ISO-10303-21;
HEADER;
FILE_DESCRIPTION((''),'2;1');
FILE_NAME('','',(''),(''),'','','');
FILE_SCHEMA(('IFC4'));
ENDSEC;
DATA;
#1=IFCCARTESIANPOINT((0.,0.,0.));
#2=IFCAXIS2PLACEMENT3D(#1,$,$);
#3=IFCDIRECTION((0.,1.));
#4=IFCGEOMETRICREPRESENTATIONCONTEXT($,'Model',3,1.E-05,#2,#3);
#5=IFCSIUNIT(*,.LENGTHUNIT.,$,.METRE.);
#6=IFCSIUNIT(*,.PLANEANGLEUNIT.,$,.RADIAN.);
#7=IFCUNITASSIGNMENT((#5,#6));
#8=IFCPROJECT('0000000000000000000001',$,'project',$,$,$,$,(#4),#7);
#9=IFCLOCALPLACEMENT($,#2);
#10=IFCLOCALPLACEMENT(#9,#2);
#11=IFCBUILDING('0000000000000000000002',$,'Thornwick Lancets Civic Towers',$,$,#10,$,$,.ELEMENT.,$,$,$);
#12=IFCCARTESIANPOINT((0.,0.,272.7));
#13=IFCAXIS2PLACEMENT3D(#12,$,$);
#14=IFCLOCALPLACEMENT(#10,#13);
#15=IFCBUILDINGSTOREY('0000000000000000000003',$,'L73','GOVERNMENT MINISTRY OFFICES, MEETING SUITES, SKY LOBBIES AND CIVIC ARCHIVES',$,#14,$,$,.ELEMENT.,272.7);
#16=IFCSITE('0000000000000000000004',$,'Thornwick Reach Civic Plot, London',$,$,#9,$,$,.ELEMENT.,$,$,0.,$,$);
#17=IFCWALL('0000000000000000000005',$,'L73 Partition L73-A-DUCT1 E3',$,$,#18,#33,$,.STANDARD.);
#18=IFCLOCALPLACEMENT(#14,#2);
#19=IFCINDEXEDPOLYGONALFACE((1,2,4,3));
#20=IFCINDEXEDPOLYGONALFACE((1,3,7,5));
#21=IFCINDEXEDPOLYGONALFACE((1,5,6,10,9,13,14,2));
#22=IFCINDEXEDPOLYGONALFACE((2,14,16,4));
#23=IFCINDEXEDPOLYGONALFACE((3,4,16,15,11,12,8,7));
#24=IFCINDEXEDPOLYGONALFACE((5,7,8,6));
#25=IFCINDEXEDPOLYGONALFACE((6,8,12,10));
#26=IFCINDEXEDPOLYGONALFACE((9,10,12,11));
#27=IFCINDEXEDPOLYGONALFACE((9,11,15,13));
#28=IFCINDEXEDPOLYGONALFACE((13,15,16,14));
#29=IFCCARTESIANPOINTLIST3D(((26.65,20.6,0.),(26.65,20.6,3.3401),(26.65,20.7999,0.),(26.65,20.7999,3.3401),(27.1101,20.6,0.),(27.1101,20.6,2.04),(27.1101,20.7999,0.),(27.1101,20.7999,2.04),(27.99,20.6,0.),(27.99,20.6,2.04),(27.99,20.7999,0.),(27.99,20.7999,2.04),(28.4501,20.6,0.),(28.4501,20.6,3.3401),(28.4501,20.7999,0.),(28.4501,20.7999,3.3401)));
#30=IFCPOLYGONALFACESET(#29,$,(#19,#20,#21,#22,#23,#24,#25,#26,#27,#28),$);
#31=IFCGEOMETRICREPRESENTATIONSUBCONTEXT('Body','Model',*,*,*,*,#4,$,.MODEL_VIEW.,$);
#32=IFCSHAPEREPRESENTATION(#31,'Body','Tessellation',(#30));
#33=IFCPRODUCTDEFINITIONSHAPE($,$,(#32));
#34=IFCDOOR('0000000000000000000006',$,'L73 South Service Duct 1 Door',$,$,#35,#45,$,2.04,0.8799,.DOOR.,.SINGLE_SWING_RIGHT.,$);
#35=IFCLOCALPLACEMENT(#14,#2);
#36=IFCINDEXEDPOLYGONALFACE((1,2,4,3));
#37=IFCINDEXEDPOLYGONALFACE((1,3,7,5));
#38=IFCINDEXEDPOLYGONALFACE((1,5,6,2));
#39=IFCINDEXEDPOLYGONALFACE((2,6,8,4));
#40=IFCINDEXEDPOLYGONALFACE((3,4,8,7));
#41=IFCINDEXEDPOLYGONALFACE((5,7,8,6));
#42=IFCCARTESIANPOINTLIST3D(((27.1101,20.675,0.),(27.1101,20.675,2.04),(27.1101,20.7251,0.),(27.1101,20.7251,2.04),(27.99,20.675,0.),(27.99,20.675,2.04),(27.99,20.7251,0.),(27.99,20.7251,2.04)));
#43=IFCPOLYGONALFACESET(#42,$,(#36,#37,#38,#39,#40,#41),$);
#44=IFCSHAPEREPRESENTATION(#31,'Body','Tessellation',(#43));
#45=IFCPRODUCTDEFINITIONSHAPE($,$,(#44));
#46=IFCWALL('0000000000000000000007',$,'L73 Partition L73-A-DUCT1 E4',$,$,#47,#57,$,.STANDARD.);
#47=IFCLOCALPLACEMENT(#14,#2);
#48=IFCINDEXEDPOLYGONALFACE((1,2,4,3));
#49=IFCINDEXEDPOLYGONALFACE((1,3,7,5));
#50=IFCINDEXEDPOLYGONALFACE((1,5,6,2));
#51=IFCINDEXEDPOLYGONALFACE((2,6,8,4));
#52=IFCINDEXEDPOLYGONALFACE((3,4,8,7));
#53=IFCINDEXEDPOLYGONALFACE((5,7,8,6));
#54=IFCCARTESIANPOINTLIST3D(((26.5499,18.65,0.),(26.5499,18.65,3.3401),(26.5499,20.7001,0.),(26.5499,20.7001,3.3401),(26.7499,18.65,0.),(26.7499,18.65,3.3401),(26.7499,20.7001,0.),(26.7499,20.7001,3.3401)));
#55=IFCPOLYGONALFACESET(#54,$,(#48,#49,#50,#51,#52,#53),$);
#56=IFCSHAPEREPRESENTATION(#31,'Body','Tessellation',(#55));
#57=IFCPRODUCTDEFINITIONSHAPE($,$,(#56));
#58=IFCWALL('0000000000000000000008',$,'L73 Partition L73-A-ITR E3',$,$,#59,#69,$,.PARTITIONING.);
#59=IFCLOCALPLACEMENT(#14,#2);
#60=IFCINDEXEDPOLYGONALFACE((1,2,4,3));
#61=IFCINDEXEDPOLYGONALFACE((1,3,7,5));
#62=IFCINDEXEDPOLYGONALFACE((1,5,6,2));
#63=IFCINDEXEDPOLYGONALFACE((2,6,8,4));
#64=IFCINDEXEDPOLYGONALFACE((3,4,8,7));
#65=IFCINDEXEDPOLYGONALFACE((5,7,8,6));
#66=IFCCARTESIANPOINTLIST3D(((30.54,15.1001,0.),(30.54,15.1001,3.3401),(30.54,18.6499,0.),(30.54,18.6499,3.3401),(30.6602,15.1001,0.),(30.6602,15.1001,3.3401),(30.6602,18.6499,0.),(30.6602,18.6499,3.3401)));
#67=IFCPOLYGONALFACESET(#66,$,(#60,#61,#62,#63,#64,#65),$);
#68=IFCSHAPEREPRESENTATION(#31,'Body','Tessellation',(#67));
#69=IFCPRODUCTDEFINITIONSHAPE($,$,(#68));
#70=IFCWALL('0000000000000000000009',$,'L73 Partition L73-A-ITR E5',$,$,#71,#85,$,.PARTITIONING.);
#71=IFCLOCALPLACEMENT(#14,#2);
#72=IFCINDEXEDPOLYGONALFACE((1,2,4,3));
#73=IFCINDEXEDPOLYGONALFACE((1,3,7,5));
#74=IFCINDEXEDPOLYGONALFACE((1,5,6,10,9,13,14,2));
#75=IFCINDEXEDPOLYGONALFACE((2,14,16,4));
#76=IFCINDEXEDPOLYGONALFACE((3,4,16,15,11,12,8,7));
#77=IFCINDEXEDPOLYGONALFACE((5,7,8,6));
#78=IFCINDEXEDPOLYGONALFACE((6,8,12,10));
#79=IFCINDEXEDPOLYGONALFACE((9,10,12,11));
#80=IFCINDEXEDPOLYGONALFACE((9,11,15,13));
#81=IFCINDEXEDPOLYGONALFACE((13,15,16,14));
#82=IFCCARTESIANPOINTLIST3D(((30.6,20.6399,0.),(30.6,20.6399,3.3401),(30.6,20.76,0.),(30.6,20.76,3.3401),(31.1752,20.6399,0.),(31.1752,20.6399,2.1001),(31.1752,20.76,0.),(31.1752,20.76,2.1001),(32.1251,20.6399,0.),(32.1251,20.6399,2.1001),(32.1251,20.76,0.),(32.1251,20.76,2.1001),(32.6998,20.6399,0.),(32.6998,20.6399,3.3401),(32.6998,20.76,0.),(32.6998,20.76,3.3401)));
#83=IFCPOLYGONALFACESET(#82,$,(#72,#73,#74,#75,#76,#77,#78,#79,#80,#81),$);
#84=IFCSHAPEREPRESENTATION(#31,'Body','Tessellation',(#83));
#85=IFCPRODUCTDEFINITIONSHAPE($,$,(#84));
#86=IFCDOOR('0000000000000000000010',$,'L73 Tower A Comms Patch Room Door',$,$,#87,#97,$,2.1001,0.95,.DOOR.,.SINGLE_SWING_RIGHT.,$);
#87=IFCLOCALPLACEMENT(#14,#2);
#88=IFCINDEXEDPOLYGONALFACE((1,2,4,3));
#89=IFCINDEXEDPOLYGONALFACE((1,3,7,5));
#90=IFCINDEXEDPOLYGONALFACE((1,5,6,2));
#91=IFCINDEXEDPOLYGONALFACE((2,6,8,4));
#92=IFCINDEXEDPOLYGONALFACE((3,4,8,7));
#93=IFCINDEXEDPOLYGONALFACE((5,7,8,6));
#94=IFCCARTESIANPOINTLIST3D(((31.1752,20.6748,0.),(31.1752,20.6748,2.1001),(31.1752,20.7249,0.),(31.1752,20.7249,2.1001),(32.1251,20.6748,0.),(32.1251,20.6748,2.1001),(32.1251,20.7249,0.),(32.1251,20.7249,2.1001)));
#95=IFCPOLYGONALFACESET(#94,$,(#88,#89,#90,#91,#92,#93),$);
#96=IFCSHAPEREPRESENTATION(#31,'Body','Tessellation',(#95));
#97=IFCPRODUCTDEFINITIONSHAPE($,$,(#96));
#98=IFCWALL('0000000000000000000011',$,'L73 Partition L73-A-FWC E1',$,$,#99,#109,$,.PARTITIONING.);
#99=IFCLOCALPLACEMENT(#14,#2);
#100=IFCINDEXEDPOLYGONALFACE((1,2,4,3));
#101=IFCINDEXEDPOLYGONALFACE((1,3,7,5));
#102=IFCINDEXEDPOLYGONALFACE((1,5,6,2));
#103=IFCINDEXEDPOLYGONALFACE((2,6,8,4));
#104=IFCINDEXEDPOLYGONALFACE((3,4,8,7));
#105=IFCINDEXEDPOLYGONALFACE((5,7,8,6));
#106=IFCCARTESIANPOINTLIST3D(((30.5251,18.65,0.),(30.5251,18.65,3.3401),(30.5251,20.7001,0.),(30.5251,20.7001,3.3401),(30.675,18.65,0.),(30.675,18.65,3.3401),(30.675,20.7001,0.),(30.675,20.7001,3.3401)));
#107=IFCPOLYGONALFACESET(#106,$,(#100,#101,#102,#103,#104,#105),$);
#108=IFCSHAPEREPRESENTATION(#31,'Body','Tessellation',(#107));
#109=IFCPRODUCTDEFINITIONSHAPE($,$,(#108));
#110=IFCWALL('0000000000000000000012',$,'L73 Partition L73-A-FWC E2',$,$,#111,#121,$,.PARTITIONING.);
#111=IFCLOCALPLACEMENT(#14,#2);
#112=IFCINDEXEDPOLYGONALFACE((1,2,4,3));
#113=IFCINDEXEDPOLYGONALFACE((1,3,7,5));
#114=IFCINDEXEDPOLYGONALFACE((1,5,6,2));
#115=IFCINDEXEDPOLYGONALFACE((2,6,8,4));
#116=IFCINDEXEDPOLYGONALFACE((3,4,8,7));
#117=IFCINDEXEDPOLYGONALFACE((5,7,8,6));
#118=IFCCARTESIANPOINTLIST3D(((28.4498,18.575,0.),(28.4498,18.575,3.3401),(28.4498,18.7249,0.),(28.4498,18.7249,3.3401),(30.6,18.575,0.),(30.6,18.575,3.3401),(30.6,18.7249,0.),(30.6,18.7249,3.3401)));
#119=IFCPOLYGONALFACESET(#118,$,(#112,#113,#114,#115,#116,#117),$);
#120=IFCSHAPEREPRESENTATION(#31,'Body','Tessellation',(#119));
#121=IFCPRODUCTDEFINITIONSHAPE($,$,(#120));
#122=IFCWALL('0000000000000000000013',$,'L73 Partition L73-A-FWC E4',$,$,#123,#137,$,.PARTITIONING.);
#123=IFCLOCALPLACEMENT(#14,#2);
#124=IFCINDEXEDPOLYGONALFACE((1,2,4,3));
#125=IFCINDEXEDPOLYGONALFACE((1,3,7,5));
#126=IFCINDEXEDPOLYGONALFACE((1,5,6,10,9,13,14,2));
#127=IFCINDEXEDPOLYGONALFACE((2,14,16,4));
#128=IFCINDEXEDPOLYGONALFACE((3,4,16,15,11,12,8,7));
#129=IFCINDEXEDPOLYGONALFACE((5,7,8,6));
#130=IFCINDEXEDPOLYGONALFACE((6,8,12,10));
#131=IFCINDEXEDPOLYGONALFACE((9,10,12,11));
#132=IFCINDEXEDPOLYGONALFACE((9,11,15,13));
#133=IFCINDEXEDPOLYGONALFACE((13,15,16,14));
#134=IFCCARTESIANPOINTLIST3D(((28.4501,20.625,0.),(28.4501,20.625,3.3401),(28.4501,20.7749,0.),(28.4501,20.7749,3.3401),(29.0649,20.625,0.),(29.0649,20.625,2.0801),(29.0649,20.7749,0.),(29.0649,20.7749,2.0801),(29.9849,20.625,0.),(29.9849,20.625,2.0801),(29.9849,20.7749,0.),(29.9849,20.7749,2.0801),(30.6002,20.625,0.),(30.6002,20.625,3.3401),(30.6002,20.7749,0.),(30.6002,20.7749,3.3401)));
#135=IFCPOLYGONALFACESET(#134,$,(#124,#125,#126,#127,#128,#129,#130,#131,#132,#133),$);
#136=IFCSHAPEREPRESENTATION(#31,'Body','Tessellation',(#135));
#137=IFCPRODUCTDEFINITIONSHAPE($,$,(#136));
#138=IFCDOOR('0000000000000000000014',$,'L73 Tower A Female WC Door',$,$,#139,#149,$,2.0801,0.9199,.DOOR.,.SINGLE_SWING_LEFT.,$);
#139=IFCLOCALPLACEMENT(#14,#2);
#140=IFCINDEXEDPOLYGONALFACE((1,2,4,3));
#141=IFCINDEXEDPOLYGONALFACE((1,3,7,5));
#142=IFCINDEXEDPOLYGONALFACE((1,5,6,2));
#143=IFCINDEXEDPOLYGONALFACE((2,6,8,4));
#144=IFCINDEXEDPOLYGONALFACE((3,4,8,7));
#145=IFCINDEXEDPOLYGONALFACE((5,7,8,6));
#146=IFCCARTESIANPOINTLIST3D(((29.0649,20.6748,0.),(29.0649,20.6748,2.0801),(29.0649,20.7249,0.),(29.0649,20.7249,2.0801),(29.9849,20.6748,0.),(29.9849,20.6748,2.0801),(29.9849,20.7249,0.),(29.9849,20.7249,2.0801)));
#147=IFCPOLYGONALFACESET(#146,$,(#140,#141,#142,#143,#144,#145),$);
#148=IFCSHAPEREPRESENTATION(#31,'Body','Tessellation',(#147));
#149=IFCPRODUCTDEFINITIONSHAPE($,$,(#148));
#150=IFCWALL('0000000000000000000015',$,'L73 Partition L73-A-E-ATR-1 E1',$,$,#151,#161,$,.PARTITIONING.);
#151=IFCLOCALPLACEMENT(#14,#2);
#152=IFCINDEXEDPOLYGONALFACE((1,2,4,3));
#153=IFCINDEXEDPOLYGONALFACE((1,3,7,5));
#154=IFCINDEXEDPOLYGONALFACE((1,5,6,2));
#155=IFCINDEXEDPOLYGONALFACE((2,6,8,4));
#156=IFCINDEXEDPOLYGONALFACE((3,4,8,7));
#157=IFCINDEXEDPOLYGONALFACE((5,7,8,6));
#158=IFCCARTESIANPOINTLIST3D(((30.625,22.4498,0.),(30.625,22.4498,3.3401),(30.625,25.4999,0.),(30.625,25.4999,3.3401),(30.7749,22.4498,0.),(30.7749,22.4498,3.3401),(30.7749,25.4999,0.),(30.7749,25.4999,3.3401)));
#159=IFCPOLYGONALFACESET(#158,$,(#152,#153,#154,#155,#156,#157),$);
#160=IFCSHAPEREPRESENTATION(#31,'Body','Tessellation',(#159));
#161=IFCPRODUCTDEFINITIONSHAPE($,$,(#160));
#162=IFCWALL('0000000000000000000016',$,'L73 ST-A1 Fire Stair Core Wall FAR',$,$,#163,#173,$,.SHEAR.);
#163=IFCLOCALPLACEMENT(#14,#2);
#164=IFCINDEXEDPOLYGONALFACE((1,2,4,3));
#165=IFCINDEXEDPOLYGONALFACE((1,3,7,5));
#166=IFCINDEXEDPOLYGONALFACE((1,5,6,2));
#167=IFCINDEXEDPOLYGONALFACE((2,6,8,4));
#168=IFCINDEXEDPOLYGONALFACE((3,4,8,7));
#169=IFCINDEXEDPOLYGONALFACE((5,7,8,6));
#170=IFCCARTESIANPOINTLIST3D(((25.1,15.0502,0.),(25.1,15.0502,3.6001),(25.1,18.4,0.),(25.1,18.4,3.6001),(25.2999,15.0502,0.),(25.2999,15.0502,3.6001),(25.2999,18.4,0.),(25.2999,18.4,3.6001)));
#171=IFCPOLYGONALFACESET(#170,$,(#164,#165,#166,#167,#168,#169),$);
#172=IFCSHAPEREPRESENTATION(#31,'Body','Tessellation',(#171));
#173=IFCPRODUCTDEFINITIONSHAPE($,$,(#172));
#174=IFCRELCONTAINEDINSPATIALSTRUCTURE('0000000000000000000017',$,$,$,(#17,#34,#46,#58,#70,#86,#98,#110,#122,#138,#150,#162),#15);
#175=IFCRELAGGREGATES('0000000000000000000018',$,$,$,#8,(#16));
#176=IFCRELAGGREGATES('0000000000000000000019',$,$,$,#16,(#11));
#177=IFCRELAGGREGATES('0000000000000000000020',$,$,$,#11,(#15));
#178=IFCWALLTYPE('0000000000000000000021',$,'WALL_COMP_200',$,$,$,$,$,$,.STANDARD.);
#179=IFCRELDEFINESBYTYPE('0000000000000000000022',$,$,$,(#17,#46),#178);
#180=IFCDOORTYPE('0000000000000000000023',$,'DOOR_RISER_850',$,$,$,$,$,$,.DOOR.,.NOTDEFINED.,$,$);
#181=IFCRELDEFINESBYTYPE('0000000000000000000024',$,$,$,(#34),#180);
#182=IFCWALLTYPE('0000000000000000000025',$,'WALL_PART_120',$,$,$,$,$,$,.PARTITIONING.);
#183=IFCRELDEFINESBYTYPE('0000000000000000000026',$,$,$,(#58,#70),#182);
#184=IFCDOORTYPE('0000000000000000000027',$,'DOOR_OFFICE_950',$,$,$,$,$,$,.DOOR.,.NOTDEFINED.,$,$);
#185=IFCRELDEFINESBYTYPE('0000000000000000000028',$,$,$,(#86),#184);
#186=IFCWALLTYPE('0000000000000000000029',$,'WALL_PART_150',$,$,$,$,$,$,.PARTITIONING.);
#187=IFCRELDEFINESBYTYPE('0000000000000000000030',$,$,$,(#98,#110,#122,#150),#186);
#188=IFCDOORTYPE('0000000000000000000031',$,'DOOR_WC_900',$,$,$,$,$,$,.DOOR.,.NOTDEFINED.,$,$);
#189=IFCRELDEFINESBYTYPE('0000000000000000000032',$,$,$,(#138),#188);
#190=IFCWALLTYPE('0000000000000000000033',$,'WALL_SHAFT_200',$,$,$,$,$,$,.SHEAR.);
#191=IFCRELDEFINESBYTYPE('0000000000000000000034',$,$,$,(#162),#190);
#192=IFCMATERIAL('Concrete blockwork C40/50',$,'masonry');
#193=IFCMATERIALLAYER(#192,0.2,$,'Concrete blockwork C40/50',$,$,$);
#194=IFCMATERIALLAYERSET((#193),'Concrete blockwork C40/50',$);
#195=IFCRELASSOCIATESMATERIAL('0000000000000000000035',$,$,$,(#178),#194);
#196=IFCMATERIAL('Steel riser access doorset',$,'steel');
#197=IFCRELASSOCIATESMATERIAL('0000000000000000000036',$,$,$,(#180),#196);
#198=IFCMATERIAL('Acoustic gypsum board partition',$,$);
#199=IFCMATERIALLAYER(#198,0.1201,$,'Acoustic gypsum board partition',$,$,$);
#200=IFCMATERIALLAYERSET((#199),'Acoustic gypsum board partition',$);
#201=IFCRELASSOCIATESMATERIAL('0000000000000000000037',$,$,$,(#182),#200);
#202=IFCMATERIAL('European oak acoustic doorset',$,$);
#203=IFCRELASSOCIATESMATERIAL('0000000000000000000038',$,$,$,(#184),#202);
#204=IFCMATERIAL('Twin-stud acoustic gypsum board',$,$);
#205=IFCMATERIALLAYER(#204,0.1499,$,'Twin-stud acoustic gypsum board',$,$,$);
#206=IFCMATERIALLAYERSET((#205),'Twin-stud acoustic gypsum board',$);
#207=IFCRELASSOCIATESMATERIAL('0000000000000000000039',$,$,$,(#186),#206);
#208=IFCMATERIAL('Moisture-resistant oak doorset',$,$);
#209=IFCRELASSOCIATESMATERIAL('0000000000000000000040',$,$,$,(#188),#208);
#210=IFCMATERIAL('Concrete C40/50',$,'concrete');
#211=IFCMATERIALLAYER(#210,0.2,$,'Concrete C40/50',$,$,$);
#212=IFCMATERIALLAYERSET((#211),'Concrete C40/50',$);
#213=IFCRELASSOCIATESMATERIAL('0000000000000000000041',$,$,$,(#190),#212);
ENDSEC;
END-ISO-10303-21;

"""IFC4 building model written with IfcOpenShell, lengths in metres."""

from ifc_helpers import new_model, si_unit, direction, frame, frame_2d, origin, place, context, subcontext, project, spatial, rectangle, extrude, material, layer, layer_set, type_object, element, fill, save


model = new_model("IFC4")

# Units and contexts
model_context = context("Model", 3, precision=1e-05, world=origin(), true_north=direction((0.0, 1.0)))
body_context = subcontext(model_context, "Body", "Model", "MODEL_VIEW")
ifc_project = project(units=[si_unit("LENGTHUNIT", "METRE"), si_unit("PLANEANGLEUNIT", "RADIAN")], contexts=[model_context])

# Site, building, storey
site_placement = place(None, origin())
site = spatial("IfcSite", under=ifc_project, at=site_placement, Name="Thornwick Reach Civic Plot, London", CompositionType="ELEMENT", RefElevation=0.0)
building_placement = place(site_placement, origin())
building = spatial("IfcBuilding", under=site, at=building_placement, Name="Thornwick Lancets Civic Towers", CompositionType="ELEMENT")
storey_placement = place(building_placement, frame((0.0, 0.0, 272.7)))
storey = spatial("IfcBuildingStorey", under=building, at=storey_placement, Name="L73", Description="GOVERNMENT MINISTRY OFFICES, MEETING SUITES, SKY LOBBIES AND CIVIC ARCHIVES", CompositionType="ELEMENT", Elevation=272.7)

# Shared definitions
ifc_material_1 = material(Name="Concrete blockwork C40/50", Category="masonry")
ifc_layer_1 = layer(ifc_material_1, 0.2, Name="Concrete blockwork C40/50")
ifc_layer_set_1 = layer_set([ifc_layer_1], Name="Concrete blockwork C40/50")
wall_type_1 = type_object("IfcWallType", Name="WALL_COMP_200", PredefinedType="STANDARD", material=ifc_layer_set_1)

# Wall, opening, door
wall_1_placement = place(storey_placement, frame((28.45, 20.7, 0.0), z_axis=(0.0, 0.0, 1.0), x_axis=(-1.0, 0.0, 0.0)))
wall_1 = element("IfcWall", 1, at=wall_1_placement, inside=storey, type_object=wall_type_1, Name="L73 Partition L73-A-DUCT1 E3", PredefinedType="STANDARD", context=body_context, shape_type="SweptSolid", body=[
    extrude(rectangle(XDim=1.8, YDim=0.2, at=frame_2d((0.8999, 0.0))), origin(), (0.0, 0.0, 1.0), 3.3401),
])
opening_1_placement = place(wall_1_placement, frame((0.46, 0.0, 0.0)))
opening_1 = element("IfcOpeningElement", 2, at=opening_1_placement, cuts=wall_1, PredefinedType="OPENING", context=body_context, shape_type="SweptSolid", body=[
    extrude(rectangle(XDim=0.8799, YDim=2.04, at=frame_2d((0.4399, 1.02))), frame((0.0, 0.1099, 0.0), z_axis=(0.0, -1.0, 0.0), x_axis=(1.0, 0.0, 0.0)), (0.0, 0.0, 1.0), 0.22),
])
ifc_material_2 = material(Name="Steel riser access doorset", Category="steel")
door_type_1 = type_object("IfcDoorType", Name="DOOR_RISER_850", OperationType="NOTDEFINED", PredefinedType="DOOR", material=ifc_material_2)
door_1_placement = place(opening_1_placement, origin())
door_1 = element("IfcDoor", 3, at=door_1_placement, inside=storey, type_object=door_type_1, Name="L73 South Service Duct 1 Door", OperationType="SINGLE_SWING_RIGHT", OverallHeight=2.04, OverallWidth=0.8799, PredefinedType="DOOR", context=body_context, shape_type="SweptSolid", body=[
    extrude(rectangle(XDim=0.8799, YDim=2.04, at=frame_2d((0.4399, 1.02))), frame((0.0, 0.0249, 0.0), z_axis=(0.0, -1.0, 0.0), x_axis=(1.0, 0.0, 0.0)), (0.0, 0.0, 1.0), 0.05),
])
fill(opening_1, door_1)

# Walls
wall_2_placement = place(storey_placement, frame((26.6499, 20.7, 0.0), z_axis=(0.0, 0.0, 1.0), x_axis=(0.0, -1.0, 0.0)))
element("IfcWall", 4, at=wall_2_placement, inside=storey, type_object=wall_type_1, Name="L73 Partition L73-A-DUCT1 E4", PredefinedType="STANDARD", context=body_context, shape_type="SweptSolid", body=[
    extrude(rectangle(XDim=2.05, YDim=0.2, at=frame_2d((1.0249, 0.0))), origin(), (0.0, 0.0, 1.0), 3.3401),
])
ifc_material_3 = material(Name="Acoustic gypsum board partition")
ifc_layer_2 = layer(ifc_material_3, 0.1201, Name="Acoustic gypsum board partition")
ifc_layer_set_2 = layer_set([ifc_layer_2], Name="Acoustic gypsum board partition")
wall_type_2 = type_object("IfcWallType", Name="WALL_PART_120", PredefinedType="PARTITIONING", material=ifc_layer_set_2)
wall_3_placement = place(storey_placement, frame((30.6001, 15.1001, 0.0), z_axis=(0.0, 0.0, 1.0), x_axis=(0.0, 1.0, 0.0)))
element("IfcWall", 5, at=wall_3_placement, inside=storey, type_object=wall_type_2, Name="L73 Partition L73-A-ITR E3", PredefinedType="PARTITIONING", context=body_context, shape_type="SweptSolid", body=[
    extrude(rectangle(XDim=3.5498, YDim=0.1201, at=frame_2d((1.7749, 0.0))), origin(), (0.0, 0.0, 1.0), 3.3401),
])

# Wall, opening, door
wall_4_placement = place(storey_placement, frame((30.6001, 20.7, 0.0), z_axis=(0.0, 0.0, 1.0), x_axis=(1.0, 0.0, 0.0)))
wall_4 = element("IfcWall", 6, at=wall_4_placement, inside=storey, type_object=wall_type_2, Name="L73 Partition L73-A-ITR E5", PredefinedType="PARTITIONING", context=body_context, shape_type="SweptSolid", body=[
    extrude(rectangle(XDim=2.0999, YDim=0.1201, at=frame_2d((1.0498, 0.0))), origin(), (0.0, 0.0, 1.0), 3.3401),
])
opening_2_placement = place(wall_4_placement, frame((0.575, 0.0, 0.0)))
opening_2 = element("IfcOpeningElement", 7, at=opening_2_placement, cuts=wall_4, PredefinedType="OPENING", context=body_context, shape_type="SweptSolid", body=[
    extrude(rectangle(XDim=0.95, YDim=2.1001, at=frame_2d((0.4751, 1.05))), frame((0.0, 0.0701, 0.0), z_axis=(0.0, -1.0, 0.0), x_axis=(1.0, 0.0, 0.0)), (0.0, 0.0, 1.0), 0.1401),
])
ifc_material_4 = material(Name="European oak acoustic doorset")
door_type_2 = type_object("IfcDoorType", Name="DOOR_OFFICE_950", OperationType="NOTDEFINED", PredefinedType="DOOR", material=ifc_material_4)
door_2_placement = place(opening_2_placement, origin())
door_2 = element("IfcDoor", 8, at=door_2_placement, inside=storey, type_object=door_type_2, Name="L73 Tower A Comms Patch Room Door", OperationType="SINGLE_SWING_RIGHT", OverallHeight=2.1001, OverallWidth=0.95, PredefinedType="DOOR", context=body_context, shape_type="SweptSolid", body=[
    extrude(rectangle(XDim=0.95, YDim=2.1001, at=frame_2d((0.4751, 1.05))), frame((0.0, 0.0249, 0.0), z_axis=(0.0, -1.0, 0.0), x_axis=(1.0, 0.0, 0.0)), (0.0, 0.0, 1.0), 0.05),
])
fill(opening_2, door_2)

# Walls
ifc_material_5 = material(Name="Twin-stud acoustic gypsum board")
ifc_layer_3 = layer(ifc_material_5, 0.1499, Name="Twin-stud acoustic gypsum board")
ifc_layer_set_3 = layer_set([ifc_layer_3], Name="Twin-stud acoustic gypsum board")
wall_type_3 = type_object("IfcWallType", Name="WALL_PART_150", PredefinedType="PARTITIONING", material=ifc_layer_set_3)
wall_5_placement = place(storey_placement, frame((30.6001, 20.7, 0.0), z_axis=(0.0, 0.0, 1.0), x_axis=(0.0, -1.0, 0.0)))
element("IfcWall", 9, at=wall_5_placement, inside=storey, type_object=wall_type_3, Name="L73 Partition L73-A-FWC E1", PredefinedType="PARTITIONING", context=body_context, shape_type="SweptSolid", body=[
    extrude(rectangle(XDim=2.05, YDim=0.1499, at=frame_2d((1.0249, 0.0))), origin(), (0.0, 0.0, 1.0), 3.3401),
])
wall_6_placement = place(storey_placement, frame((30.6001, 18.6499, 0.0), z_axis=(0.0, 0.0, 1.0), x_axis=(-1.0, 0.0, 0.0)))
element("IfcWall", 10, at=wall_6_placement, inside=storey, type_object=wall_type_3, Name="L73 Partition L73-A-FWC E2", PredefinedType="PARTITIONING", context=body_context, shape_type="SweptSolid", body=[
    extrude(rectangle(XDim=2.1501, YDim=0.1499, at=frame_2d((1.0752, 0.0))), origin(), (0.0, 0.0, 1.0), 3.3401),
])

# Wall, opening, door
wall_7_placement = place(storey_placement, frame((28.45, 20.7, 0.0), z_axis=(0.0, 0.0, 1.0), x_axis=(1.0, 0.0, 0.0)))
wall_7 = element("IfcWall", 11, at=wall_7_placement, inside=storey, type_object=wall_type_3, Name="L73 Partition L73-A-FWC E4", PredefinedType="PARTITIONING", context=body_context, shape_type="SweptSolid", body=[
    extrude(rectangle(XDim=2.1501, YDim=0.1499, at=frame_2d((1.0752, 0.0))), origin(), (0.0, 0.0, 1.0), 3.3401),
])
opening_3_placement = place(wall_7_placement, frame((0.615, 0.0, 0.0)))
opening_3 = element("IfcOpeningElement", 12, at=opening_3_placement, cuts=wall_7, PredefinedType="OPENING", context=body_context, shape_type="SweptSolid", body=[
    extrude(rectangle(XDim=0.9199, YDim=2.0801, at=frame_2d((0.46, 1.04))), frame((0.0, 0.085, 0.0), z_axis=(0.0, -1.0, 0.0), x_axis=(1.0, 0.0, 0.0)), (0.0, 0.0, 1.0), 0.1699),
])
ifc_material_6 = material(Name="Moisture-resistant oak doorset")
door_type_3 = type_object("IfcDoorType", Name="DOOR_WC_900", OperationType="NOTDEFINED", PredefinedType="DOOR", material=ifc_material_6)
door_3_placement = place(opening_3_placement, origin())
door_3 = element("IfcDoor", 13, at=door_3_placement, inside=storey, type_object=door_type_3, Name="L73 Tower A Female WC Door", OperationType="SINGLE_SWING_LEFT", OverallHeight=2.0801, OverallWidth=0.9199, PredefinedType="DOOR", context=body_context, shape_type="SweptSolid", body=[
    extrude(rectangle(XDim=0.9199, YDim=2.0801, at=frame_2d((0.46, 1.04))), frame((0.0, 0.0249, 0.0), z_axis=(0.0, -1.0, 0.0), x_axis=(1.0, 0.0, 0.0)), (0.0, 0.0, 1.0), 0.05),
])
fill(opening_3, door_3)

# Walls
wall_8_placement = place(storey_placement, frame((30.7, 22.45, 0.0), z_axis=(0.0, 0.0, 1.0), x_axis=(0.0, 1.0, 0.0)))
element("IfcWall", 14, at=wall_8_placement, inside=storey, type_object=wall_type_3, Name="L73 Partition L73-A-E-ATR-1 E1", PredefinedType="PARTITIONING", context=body_context, shape_type="SweptSolid", body=[
    extrude(rectangle(XDim=3.05, YDim=0.1499, at=frame_2d((1.5249, 0.0))), origin(), (0.0, 0.0, 1.0), 3.3401),
])
ifc_material_7 = material(Name="Concrete C40/50", Category="concrete")
ifc_layer_4 = layer(ifc_material_7, 0.2, Name="Concrete C40/50")
ifc_layer_set_4 = layer_set([ifc_layer_4], Name="Concrete C40/50")
wall_type_4 = type_object("IfcWallType", Name="WALL_SHAFT_200", PredefinedType="SHEAR", material=ifc_layer_set_4)
wall_9_placement = place(storey_placement, frame((25.2, 18.3999, 0.0), z_axis=(0.0, 0.0, 1.0), x_axis=(0.0, -1.0, 0.0)))
element("IfcWall", 15, at=wall_9_placement, inside=storey, type_object=wall_type_4, Name="L73 ST-A1 Fire Stair Core Wall FAR", PredefinedType="SHEAR", context=body_context, shape_type="SweptSolid", body=[
    extrude(rectangle(XDim=3.3499, YDim=0.2, at=frame_2d((1.6748, 0.0))), origin(), (0.0, 0.0, 1.0), 3.6001),
])

save(model, "model.ifc")
